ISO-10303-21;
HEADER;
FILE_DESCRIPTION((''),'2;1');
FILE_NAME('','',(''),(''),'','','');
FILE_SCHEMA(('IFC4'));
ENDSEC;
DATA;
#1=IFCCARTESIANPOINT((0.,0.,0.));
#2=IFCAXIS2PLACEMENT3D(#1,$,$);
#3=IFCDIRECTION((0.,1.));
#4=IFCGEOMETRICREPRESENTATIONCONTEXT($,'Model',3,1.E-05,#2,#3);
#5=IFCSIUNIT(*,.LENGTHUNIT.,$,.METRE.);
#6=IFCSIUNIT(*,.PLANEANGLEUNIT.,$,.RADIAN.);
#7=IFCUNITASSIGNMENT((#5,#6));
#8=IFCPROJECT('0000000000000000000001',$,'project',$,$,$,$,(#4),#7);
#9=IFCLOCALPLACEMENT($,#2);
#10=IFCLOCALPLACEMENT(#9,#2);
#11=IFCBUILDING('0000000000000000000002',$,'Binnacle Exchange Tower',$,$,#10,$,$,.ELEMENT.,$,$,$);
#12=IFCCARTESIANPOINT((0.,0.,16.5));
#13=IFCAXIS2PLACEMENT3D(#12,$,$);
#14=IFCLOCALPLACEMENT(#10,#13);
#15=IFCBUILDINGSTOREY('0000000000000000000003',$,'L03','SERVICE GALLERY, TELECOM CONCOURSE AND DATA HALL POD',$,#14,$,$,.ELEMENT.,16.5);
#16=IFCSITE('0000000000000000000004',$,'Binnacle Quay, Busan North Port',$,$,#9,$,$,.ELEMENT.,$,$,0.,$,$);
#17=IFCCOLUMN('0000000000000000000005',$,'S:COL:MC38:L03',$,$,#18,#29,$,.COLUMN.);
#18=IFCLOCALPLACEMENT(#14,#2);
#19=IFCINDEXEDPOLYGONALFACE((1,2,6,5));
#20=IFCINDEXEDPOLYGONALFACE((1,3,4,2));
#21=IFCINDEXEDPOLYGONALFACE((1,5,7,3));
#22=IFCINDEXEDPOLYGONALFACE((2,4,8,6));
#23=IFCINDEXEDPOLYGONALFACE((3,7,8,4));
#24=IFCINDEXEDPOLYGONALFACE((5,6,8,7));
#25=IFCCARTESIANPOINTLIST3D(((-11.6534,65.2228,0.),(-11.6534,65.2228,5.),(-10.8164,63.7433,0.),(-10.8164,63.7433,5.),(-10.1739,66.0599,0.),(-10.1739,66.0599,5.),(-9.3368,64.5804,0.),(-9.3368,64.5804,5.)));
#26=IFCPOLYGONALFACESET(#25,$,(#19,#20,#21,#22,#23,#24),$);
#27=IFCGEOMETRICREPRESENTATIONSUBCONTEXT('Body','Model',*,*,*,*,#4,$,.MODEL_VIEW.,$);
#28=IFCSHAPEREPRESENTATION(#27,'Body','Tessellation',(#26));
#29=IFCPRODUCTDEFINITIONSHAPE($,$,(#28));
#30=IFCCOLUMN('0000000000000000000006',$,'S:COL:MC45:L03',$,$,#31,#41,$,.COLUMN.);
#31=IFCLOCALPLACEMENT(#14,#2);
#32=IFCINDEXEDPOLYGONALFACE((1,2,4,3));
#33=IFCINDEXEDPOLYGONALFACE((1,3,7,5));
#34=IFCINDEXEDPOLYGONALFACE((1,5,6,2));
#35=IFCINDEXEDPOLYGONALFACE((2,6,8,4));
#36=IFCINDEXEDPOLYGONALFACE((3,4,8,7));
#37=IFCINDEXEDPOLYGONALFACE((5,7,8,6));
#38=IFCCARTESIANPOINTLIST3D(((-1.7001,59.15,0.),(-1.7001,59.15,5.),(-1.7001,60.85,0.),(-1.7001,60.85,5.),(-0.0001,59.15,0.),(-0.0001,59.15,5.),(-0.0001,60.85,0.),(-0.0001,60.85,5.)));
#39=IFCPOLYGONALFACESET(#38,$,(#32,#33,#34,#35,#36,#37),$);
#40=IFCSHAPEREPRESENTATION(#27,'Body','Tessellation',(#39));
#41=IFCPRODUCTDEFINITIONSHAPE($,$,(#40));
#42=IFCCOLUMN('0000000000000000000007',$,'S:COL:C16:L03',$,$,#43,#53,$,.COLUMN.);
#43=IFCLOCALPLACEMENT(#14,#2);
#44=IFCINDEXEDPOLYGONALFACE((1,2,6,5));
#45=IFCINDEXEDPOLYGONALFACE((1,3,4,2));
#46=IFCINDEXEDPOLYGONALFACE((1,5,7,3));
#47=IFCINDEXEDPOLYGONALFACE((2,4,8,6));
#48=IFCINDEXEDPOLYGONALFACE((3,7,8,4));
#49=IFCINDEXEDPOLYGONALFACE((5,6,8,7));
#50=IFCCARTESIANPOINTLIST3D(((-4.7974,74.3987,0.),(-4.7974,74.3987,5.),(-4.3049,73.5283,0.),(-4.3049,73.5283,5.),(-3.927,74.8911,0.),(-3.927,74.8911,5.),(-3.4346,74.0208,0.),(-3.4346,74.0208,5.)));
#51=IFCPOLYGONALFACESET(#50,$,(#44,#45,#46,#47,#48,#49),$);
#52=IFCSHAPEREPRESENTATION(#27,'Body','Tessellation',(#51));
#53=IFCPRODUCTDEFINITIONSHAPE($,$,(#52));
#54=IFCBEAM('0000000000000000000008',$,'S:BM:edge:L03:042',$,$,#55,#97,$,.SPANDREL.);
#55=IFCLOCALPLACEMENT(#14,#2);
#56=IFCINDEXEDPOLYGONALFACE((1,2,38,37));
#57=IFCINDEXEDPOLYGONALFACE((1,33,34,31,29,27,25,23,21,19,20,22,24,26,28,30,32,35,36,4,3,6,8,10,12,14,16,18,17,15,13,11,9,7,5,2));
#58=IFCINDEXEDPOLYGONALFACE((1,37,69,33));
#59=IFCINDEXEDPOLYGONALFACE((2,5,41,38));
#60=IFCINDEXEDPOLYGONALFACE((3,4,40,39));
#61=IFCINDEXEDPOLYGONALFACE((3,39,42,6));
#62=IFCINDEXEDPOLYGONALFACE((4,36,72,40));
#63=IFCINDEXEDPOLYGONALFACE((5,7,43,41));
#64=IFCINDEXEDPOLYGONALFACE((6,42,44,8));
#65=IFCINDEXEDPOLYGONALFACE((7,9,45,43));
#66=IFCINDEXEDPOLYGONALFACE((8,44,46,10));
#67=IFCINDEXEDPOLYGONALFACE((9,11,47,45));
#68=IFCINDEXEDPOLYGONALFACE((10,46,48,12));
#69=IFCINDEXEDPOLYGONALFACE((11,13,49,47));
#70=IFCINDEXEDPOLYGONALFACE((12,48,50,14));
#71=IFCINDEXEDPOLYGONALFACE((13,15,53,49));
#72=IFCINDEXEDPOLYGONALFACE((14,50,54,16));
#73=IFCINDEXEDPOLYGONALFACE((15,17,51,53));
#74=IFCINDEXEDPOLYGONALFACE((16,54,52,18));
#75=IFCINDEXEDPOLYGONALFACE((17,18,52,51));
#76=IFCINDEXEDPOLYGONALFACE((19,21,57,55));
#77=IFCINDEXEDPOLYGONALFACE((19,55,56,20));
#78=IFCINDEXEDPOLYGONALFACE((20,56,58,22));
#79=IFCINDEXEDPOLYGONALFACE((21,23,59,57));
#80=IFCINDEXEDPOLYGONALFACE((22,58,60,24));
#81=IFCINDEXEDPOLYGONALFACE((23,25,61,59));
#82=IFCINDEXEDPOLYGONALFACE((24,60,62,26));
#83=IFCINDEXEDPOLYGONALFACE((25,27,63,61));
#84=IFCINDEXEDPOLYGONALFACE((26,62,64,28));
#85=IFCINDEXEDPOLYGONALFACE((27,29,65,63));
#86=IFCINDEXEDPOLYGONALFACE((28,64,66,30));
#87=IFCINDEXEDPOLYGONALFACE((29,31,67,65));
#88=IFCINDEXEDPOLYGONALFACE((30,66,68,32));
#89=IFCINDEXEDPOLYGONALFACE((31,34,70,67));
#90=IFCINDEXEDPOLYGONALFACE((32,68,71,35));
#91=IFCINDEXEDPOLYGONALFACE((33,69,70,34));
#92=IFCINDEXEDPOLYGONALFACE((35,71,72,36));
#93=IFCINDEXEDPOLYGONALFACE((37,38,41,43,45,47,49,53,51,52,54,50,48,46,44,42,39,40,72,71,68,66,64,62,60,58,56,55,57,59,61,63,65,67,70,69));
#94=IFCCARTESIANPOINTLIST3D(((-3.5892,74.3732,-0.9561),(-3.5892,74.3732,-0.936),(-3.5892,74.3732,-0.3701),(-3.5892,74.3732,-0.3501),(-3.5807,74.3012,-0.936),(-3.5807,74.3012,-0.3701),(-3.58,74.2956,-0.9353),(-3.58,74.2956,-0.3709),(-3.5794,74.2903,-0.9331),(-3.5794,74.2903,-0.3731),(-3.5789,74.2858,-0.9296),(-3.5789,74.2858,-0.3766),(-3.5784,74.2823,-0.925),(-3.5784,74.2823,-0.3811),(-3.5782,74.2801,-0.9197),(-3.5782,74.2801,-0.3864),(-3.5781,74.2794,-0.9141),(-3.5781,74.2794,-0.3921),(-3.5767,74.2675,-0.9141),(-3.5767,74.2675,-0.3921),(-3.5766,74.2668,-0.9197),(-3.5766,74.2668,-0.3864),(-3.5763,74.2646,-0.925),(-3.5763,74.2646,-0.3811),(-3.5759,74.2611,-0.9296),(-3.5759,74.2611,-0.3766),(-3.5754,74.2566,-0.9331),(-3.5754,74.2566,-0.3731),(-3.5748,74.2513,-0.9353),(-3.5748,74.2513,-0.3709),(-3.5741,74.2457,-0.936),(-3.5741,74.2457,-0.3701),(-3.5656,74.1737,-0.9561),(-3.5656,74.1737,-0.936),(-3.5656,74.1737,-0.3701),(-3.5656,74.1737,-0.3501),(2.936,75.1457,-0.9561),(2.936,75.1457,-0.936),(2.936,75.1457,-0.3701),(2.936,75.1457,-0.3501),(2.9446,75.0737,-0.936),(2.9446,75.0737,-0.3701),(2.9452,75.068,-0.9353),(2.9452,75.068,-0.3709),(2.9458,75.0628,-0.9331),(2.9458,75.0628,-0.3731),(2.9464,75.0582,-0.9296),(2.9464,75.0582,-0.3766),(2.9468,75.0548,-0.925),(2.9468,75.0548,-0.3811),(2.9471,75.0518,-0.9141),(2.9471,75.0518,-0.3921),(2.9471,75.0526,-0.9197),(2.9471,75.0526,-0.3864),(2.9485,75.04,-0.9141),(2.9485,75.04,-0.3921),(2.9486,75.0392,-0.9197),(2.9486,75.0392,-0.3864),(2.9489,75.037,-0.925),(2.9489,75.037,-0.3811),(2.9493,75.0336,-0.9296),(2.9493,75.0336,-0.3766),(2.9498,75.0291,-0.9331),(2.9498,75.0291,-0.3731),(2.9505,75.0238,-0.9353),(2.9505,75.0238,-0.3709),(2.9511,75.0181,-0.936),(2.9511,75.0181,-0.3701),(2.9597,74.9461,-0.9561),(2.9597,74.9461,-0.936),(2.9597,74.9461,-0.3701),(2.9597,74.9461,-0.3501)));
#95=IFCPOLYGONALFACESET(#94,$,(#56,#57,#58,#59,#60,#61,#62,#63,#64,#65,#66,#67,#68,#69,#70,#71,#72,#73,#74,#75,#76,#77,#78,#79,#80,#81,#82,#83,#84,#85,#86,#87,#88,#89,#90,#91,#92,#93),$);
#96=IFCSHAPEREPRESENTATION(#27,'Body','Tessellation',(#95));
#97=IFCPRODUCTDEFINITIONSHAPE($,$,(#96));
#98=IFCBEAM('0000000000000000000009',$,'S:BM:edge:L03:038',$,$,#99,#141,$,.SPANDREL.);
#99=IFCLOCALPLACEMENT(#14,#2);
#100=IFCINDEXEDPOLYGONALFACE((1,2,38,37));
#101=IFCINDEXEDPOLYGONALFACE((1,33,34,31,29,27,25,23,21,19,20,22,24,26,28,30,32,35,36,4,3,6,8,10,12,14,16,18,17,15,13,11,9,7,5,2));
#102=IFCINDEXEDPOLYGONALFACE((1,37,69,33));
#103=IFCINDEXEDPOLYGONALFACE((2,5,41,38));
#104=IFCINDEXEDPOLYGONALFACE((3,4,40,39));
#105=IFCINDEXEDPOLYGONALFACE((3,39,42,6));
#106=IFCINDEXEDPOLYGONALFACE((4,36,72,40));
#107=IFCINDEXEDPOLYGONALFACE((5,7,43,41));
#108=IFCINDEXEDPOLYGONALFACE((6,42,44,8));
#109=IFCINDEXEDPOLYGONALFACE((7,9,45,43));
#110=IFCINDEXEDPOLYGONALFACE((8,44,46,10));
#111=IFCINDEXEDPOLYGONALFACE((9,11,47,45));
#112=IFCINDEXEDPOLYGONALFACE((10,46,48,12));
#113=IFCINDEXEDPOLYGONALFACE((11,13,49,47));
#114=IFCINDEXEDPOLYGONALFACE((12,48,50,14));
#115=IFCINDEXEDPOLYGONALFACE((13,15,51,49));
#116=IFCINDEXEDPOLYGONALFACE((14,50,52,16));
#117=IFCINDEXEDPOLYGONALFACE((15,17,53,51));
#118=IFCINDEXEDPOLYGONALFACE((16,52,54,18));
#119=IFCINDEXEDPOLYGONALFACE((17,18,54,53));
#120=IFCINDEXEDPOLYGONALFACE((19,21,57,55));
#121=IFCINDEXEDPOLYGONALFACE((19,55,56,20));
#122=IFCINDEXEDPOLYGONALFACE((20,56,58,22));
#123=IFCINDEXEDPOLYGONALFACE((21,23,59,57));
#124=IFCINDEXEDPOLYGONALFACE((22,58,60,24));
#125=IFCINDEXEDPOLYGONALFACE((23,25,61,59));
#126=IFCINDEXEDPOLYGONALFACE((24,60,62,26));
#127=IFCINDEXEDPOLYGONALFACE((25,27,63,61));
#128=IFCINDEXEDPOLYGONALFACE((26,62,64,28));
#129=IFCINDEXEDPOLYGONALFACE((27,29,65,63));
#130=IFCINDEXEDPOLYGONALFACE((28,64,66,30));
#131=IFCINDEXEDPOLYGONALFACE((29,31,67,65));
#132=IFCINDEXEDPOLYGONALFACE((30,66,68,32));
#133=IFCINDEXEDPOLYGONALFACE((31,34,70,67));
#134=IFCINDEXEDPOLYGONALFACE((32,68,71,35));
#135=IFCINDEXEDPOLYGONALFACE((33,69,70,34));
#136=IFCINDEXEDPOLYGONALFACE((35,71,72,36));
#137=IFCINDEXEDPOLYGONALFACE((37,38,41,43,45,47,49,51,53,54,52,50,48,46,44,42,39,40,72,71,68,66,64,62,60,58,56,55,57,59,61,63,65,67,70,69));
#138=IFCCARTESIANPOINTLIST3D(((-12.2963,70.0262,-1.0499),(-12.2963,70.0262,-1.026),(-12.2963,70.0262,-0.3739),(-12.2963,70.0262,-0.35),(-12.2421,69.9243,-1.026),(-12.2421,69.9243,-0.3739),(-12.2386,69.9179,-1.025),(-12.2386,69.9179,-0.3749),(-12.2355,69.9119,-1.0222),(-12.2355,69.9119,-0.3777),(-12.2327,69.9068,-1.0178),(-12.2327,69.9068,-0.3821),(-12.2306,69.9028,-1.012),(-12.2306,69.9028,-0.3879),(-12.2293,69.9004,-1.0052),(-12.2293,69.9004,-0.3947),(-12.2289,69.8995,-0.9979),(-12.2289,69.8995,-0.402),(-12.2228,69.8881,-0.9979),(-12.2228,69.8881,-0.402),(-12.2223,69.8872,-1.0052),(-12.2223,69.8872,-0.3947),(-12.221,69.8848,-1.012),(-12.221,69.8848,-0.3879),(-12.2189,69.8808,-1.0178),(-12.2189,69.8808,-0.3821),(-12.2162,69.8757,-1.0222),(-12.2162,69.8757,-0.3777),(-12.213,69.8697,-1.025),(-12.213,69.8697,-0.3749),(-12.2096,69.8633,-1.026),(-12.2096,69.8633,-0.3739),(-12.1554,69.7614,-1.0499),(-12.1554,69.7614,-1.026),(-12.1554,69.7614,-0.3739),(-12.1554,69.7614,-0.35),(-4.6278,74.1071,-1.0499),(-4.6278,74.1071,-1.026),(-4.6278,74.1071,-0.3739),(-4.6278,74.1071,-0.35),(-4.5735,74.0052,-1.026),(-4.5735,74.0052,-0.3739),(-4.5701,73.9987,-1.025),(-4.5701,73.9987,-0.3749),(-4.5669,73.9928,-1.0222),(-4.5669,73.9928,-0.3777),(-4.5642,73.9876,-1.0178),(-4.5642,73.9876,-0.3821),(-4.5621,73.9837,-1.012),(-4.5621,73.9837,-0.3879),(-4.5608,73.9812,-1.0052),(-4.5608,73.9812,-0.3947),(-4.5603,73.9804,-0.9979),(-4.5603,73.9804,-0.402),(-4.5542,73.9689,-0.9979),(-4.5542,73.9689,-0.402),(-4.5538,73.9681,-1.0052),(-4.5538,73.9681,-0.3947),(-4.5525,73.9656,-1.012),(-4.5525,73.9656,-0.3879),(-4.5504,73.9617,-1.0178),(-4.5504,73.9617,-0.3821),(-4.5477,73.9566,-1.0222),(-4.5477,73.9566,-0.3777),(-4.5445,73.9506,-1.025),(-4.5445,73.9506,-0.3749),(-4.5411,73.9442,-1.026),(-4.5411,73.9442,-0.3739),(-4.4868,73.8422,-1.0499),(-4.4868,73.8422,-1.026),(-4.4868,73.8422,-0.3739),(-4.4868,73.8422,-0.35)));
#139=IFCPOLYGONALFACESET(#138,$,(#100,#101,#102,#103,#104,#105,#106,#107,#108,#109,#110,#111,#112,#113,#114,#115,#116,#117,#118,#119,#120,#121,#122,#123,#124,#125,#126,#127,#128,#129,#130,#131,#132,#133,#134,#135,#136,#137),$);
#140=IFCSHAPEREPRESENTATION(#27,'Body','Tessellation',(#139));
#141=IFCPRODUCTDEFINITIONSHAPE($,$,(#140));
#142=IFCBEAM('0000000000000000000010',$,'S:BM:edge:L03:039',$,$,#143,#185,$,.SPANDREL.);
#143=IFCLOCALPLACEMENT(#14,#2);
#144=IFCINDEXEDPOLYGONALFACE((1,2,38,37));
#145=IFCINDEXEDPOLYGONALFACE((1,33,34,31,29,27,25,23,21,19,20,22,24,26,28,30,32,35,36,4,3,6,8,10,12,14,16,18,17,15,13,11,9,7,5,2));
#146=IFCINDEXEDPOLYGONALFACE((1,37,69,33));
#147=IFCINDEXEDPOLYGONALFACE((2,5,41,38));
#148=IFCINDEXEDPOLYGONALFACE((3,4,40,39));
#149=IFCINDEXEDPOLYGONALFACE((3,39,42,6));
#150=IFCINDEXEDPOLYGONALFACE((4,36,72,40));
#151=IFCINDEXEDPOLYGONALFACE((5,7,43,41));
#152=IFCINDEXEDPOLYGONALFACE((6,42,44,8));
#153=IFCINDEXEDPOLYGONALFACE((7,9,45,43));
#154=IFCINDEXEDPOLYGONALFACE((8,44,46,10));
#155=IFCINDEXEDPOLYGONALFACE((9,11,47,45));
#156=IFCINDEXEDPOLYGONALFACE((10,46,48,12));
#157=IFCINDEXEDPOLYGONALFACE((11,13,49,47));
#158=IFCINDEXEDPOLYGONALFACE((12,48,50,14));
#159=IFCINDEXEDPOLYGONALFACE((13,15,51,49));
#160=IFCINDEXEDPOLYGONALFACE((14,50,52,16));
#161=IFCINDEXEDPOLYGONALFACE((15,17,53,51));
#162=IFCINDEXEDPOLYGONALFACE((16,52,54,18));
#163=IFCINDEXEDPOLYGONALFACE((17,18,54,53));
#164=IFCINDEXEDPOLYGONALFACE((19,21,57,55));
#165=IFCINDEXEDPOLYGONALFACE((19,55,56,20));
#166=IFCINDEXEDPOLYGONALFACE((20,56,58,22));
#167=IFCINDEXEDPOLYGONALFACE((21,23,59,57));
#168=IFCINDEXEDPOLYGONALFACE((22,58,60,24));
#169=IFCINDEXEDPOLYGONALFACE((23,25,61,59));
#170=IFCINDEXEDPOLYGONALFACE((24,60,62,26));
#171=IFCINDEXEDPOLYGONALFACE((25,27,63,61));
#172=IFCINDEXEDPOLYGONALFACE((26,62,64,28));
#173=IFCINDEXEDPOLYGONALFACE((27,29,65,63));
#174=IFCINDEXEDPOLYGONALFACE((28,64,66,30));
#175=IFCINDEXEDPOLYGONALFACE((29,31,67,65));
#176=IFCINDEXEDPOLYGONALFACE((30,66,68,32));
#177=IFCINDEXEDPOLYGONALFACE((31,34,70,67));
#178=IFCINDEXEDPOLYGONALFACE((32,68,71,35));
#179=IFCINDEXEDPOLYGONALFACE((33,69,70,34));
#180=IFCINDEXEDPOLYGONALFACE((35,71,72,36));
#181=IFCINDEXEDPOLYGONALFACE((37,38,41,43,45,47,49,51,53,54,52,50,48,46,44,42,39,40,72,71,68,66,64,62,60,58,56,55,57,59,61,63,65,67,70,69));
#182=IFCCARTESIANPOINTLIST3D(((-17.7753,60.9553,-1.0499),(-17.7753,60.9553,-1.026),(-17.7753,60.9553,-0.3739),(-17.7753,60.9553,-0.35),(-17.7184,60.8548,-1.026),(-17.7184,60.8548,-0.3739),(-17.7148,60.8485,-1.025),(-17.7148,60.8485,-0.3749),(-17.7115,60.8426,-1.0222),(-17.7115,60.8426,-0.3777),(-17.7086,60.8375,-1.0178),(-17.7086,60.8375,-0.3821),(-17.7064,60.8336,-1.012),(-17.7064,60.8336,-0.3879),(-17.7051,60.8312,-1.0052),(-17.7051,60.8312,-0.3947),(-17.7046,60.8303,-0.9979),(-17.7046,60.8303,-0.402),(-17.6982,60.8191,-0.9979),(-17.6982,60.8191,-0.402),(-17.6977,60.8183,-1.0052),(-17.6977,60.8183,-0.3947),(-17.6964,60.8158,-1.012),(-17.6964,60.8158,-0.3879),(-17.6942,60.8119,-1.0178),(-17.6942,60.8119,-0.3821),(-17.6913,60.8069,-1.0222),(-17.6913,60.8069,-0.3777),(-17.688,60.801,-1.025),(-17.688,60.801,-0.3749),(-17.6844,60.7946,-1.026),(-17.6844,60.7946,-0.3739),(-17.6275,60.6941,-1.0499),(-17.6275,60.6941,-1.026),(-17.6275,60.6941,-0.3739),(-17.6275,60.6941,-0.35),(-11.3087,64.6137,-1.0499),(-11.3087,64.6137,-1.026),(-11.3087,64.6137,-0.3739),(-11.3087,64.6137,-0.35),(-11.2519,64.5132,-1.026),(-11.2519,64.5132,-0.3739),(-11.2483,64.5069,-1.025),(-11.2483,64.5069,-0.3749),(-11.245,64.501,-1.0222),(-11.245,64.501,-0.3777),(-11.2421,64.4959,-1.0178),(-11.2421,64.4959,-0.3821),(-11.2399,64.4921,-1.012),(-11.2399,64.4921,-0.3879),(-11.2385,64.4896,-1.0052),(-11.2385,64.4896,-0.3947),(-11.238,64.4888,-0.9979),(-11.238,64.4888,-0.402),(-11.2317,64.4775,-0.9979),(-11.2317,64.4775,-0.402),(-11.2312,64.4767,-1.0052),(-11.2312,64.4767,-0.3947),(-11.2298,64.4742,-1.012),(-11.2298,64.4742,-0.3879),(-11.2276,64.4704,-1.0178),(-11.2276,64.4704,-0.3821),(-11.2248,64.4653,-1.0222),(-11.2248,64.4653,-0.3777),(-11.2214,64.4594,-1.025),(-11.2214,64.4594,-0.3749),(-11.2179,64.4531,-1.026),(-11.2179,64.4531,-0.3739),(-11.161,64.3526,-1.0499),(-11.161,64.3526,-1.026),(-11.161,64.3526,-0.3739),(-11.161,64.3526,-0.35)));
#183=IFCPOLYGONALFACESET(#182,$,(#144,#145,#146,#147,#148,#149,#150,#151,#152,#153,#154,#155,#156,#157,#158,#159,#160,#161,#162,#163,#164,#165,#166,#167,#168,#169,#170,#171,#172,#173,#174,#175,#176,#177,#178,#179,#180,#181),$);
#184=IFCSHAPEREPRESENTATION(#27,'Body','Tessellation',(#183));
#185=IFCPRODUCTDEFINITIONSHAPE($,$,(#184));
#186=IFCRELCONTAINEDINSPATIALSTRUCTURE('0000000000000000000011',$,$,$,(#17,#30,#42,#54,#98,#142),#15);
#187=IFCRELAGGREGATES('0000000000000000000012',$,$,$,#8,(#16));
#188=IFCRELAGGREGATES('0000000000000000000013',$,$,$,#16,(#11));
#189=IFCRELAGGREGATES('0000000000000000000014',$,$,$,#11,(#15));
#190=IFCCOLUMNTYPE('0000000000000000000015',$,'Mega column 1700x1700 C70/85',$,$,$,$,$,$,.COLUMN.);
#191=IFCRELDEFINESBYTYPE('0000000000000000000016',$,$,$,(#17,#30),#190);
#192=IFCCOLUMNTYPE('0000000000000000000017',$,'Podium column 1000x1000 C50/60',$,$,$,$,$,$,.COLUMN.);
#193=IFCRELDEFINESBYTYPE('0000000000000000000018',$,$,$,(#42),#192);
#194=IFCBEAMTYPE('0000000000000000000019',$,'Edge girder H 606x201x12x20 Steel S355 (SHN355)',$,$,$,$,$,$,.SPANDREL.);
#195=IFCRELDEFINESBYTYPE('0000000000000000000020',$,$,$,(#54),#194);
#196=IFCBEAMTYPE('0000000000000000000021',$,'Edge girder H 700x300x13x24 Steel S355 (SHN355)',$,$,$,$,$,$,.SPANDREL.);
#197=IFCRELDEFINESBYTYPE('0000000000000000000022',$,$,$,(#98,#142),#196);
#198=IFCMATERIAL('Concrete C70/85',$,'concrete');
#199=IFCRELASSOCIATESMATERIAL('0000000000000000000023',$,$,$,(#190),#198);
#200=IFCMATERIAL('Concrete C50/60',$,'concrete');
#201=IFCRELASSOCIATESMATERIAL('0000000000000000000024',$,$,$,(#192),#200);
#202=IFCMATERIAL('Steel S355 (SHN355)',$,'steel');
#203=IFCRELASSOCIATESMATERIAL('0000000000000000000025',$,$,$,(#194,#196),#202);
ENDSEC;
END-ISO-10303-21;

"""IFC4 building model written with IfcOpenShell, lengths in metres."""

from ifc_helpers import new_model, si_unit, direction, frame, origin, origin_2d, place, context, subcontext, project, spatial, rectangle, i_section, extrude, material, material_profile, profile_set, type_object, element, save


model = new_model("IFC4")

# Units and contexts
model_context = context("Model", 3, precision=1e-05, world=origin(), true_north=direction((0.0, 1.0)))
body_context = subcontext(model_context, "Body", "Model", "MODEL_VIEW")
ifc_project = project(units=[si_unit("LENGTHUNIT", "METRE"), si_unit("PLANEANGLEUNIT", "RADIAN")], contexts=[model_context])

# Site, building, storey
site_placement = place(None, origin())
site = spatial("IfcSite", under=ifc_project, at=site_placement, Name="Binnacle Quay, Busan North Port", CompositionType="ELEMENT", RefElevation=0.0)
building_placement = place(site_placement, origin())
building = spatial("IfcBuilding", under=site, at=building_placement, Name="Binnacle Exchange Tower", CompositionType="ELEMENT")
storey_placement = place(building_placement, frame((0.0, 0.0, 16.5)))
storey = spatial("IfcBuildingStorey", under=building, at=storey_placement, Name="L03", Description="SERVICE GALLERY, TELECOM CONCOURSE AND DATA HALL POD", CompositionType="ELEMENT", Elevation=16.5)

# Columns
ifc_material_1 = material(Name="Concrete C70/85", Category="concrete")
ifc_material_profile_1 = material_profile(ifc_material_1, rectangle(XDim=1.7, YDim=1.7, at=origin_2d()), Name="Mega column 1700x1700 C70/85")
ifc_profile_set_1 = profile_set([ifc_material_profile_1], Name="Concrete C70/85")
column_type_1 = type_object("IfcColumnType", Name="Mega column 1700x1700 C70/85", PredefinedType="COLUMN", material=ifc_profile_set_1)
for number, where, z_axis, x_axis, name in (
    (1, (-10.4951, 64.9016, 0.0), (0.0, 0.0, 1.0), (-0.870356, -0.492424, 0.0), "S:COL:MC38:L03"),
    (2, (-0.8501, 60.0, 0.0), (0.0, 0.0, 1.0), (0.0, 1.0, 0.0), "S:COL:MC45:L03"),
):
    element("IfcColumn", number, at=place(storey_placement, frame(where, z_axis=z_axis, x_axis=x_axis)), inside=storey, type_object=column_type_1, Name=name, PredefinedType="COLUMN", context=body_context, shape_type="SweptSolid", body=[
        extrude(rectangle(XDim=1.7, YDim=1.7, at=origin_2d()), origin(), (0.0, 0.0, 1.0), 5.0),
    ])
ifc_material_2 = material(Name="Concrete C50/60", Category="concrete")
ifc_material_profile_2 = material_profile(ifc_material_2, rectangle(XDim=1.0, YDim=1.0, at=origin_2d()), Name="Podium column 1000x1000 C50/60")
ifc_profile_set_2 = profile_set([ifc_material_profile_2], Name="Concrete C50/60")
column_type_2 = type_object("IfcColumnType", Name="Podium column 1000x1000 C50/60", PredefinedType="COLUMN", material=ifc_profile_set_2)
column_placement = place(storey_placement, frame((-4.116, 74.2097, 0.0), z_axis=(0.0, 0.0, 1.0), x_axis=(-0.870356, -0.492424, 0.0)))
element("IfcColumn", 3, at=column_placement, inside=storey, type_object=column_type_2, Name="S:COL:C16:L03", PredefinedType="COLUMN", context=body_context, shape_type="SweptSolid", body=[
    extrude(rectangle(XDim=1.0, YDim=1.0, at=origin_2d()), origin(), (0.0, 0.0, 1.0), 5.0),
])

# Beams
ifc_material_3 = material(Name="Steel S355 (SHN355)", Category="steel")
ifc_material_profile_3 = material_profile(ifc_material_3, i_section(OverallWidth=0.2009, OverallDepth=0.606, WebThickness=0.012, FlangeThickness=0.02, FilletRadius=0.022, at=origin_2d()), Name="H 606x201x12x20")
ifc_profile_set_3 = profile_set([ifc_material_profile_3], Name="Steel S355 (SHN355)")
beam_type_1 = type_object("IfcBeamType", Name="Edge girder H 606x201x12x20 Steel S355 (SHN355)", PredefinedType="SPANDREL", material=ifc_profile_set_3)
beam_1_placement = place(storey_placement, frame((-3.5774, 74.2734, -0.6531), z_axis=(0.993066, 0.117561, 0.0), x_axis=(-0.117561, 0.993066, 0.0)))
element("IfcBeam", 4, at=beam_1_placement, inside=storey, type_object=beam_type_1, Name="S:BM:edge:L03:042", PredefinedType="SPANDREL", context=body_context, shape_type="SweptSolid", body=[
    extrude(i_section(OverallWidth=0.2009, OverallDepth=0.606, WebThickness=0.012, FlangeThickness=0.02, FilletRadius=0.022, at=origin_2d()), origin(), (0.0, 0.0, 1.0), 6.5708),
])
ifc_material_profile_4 = material_profile(ifc_material_3, i_section(OverallWidth=0.3, OverallDepth=0.7, WebThickness=0.0129, FlangeThickness=0.0239, FilletRadius=0.0281, at=origin_2d()), Name="H 700x300x13x24")
ifc_profile_set_4 = profile_set([ifc_material_profile_4], Name="Steel S355 (SHN355)")
beam_type_2 = type_object("IfcBeamType", Name="Edge girder H 700x300x13x24 Steel S355 (SHN355)", PredefinedType="SPANDREL", material=ifc_profile_set_4)
beam_2_placement = place(storey_placement, frame((-12.2258, 69.8938, -0.7), z_axis=(0.882784, 0.469778, 0.0), x_axis=(-0.469778, 0.882784, 0.0)))
element("IfcBeam", 5, at=beam_2_placement, inside=storey, type_object=beam_type_2, Name="S:BM:edge:L03:038", PredefinedType="SPANDREL", context=body_context, shape_type="SweptSolid", body=[
    extrude(i_section(OverallWidth=0.3, OverallDepth=0.7, WebThickness=0.0129, FlangeThickness=0.0239, FilletRadius=0.0281, at=origin_2d()), origin(), (0.0, 0.0, 1.0), 8.6868),
])
beam_3_placement = place(storey_placement, frame((-11.2349, 64.4832, -0.7), z_axis=(-0.870364, -0.492408, 0.0), x_axis=(0.492408, -0.870364, 0.0)))
element("IfcBeam", 6, at=beam_3_placement, inside=storey, type_object=beam_type_2, Name="S:BM:edge:L03:039", PredefinedType="SPANDREL", context=body_context, shape_type="SweptSolid", body=[
    extrude(i_section(OverallWidth=0.3, OverallDepth=0.7, WebThickness=0.0129, FlangeThickness=0.0239, FilletRadius=0.0281, at=origin_2d()), origin(), (0.0, 0.0, 1.0), 7.4297),
])

save(model, "model.ifc")
